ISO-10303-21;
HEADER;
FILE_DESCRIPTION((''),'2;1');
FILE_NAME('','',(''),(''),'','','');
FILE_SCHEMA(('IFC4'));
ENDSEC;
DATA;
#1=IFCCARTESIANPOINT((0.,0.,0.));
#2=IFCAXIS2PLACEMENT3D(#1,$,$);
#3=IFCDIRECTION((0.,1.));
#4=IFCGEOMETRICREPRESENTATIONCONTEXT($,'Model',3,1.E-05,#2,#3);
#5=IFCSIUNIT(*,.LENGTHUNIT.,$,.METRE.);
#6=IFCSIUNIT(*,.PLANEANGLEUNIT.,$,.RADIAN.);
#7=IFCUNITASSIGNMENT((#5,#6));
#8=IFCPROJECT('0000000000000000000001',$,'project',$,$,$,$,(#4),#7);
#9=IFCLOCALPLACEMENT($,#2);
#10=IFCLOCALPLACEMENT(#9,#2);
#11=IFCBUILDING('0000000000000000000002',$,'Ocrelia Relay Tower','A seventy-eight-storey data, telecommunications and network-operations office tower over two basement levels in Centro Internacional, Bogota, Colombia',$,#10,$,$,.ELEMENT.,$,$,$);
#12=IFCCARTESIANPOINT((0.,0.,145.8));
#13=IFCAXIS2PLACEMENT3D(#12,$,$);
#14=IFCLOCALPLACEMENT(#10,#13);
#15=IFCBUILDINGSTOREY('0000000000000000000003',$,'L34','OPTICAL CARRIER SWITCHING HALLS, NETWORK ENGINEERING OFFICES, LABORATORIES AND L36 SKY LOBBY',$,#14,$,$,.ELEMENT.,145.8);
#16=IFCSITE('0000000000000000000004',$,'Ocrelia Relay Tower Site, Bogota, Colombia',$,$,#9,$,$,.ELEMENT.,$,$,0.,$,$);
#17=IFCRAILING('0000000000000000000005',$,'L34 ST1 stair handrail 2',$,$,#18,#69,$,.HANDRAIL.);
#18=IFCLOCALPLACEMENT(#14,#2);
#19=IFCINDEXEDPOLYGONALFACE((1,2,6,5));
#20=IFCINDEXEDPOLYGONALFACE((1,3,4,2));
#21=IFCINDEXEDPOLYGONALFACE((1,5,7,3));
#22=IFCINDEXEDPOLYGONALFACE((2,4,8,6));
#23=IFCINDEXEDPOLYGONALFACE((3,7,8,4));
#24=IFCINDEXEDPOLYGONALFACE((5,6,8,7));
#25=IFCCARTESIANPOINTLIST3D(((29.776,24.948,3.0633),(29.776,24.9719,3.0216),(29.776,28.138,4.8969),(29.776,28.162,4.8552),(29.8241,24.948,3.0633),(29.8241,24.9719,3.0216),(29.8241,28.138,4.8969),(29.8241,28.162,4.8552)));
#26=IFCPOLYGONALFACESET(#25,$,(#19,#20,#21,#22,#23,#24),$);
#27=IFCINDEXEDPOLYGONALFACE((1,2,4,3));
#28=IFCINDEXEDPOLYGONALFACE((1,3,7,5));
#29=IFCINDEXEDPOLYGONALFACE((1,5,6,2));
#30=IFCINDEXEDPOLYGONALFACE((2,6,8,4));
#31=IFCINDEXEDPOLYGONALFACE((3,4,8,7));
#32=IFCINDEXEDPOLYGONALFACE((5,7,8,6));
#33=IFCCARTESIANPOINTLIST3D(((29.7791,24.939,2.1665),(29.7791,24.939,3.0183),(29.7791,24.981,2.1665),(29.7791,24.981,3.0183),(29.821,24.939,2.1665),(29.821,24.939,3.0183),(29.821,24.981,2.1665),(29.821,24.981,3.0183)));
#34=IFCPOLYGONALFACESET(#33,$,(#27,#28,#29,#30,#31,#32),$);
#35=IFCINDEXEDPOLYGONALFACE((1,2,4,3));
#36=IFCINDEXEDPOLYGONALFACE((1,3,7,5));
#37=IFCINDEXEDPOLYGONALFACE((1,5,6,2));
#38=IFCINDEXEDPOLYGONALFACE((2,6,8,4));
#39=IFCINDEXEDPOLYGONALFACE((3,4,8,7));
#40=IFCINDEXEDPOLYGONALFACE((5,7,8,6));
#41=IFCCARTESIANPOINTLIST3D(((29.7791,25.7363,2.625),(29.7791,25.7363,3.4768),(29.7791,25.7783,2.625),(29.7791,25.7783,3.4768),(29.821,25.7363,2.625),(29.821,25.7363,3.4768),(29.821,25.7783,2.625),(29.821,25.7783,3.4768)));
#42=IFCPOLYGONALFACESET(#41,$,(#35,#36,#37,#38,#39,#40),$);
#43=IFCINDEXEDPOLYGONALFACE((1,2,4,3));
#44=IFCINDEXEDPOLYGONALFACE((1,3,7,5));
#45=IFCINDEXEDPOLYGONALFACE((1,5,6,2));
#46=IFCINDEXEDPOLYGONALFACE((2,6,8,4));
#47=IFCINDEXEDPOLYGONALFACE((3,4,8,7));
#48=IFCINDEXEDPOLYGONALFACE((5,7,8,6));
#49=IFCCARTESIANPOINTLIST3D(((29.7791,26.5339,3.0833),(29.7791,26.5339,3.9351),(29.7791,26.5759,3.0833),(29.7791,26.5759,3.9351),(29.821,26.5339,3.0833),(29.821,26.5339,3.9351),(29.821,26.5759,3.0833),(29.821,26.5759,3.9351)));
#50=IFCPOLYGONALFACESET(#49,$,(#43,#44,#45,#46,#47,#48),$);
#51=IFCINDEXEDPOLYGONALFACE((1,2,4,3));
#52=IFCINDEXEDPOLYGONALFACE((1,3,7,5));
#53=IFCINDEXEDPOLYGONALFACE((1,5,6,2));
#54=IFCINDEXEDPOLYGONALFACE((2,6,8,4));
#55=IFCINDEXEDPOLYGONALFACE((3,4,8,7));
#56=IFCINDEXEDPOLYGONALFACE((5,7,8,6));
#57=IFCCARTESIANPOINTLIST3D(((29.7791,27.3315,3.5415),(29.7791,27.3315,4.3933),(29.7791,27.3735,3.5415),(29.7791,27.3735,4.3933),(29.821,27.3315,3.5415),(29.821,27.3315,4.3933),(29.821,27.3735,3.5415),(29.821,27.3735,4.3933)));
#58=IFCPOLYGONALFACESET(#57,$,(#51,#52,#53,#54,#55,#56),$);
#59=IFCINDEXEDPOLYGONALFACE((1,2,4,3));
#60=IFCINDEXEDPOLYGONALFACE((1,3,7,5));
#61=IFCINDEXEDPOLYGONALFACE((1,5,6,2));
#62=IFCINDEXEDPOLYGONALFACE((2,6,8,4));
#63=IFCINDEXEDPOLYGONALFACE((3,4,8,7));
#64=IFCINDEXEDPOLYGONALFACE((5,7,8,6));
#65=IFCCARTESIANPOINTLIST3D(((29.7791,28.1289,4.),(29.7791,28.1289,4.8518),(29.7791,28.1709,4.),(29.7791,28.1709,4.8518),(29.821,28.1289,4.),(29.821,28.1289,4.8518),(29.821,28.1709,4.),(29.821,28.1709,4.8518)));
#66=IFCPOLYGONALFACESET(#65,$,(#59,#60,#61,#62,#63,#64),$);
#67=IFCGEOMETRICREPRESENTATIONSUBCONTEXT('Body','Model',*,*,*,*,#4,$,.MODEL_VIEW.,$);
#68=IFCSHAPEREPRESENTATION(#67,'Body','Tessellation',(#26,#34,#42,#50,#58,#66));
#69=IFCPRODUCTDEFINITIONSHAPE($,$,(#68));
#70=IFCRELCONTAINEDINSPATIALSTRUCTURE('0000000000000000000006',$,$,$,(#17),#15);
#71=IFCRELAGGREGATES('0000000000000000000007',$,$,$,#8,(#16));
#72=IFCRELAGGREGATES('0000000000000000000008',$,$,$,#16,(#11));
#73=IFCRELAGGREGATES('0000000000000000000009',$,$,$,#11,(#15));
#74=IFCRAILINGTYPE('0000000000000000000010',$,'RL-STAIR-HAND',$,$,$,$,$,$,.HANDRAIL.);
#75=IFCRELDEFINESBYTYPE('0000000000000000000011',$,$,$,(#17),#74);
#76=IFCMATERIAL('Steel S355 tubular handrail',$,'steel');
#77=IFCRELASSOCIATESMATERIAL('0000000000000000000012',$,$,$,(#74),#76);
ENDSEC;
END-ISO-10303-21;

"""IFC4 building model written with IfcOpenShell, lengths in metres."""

from ifc_helpers import new_model, si_unit, direction, frame, origin, origin_2d, place, context, subcontext, project, spatial, rectangle, extrude, material, type_object, element, save


model = new_model("IFC4")

# Units and contexts
model_context = context("Model", 3, precision=1e-05, world=origin(), true_north=direction((0.0, 1.0)))
body_context = subcontext(model_context, "Body", "Model", "MODEL_VIEW")
ifc_project = project(units=[si_unit("LENGTHUNIT", "METRE"), si_unit("PLANEANGLEUNIT", "RADIAN")], contexts=[model_context])

# Site, building, storey
site_placement = place(None, origin())
site = spatial("IfcSite", under=ifc_project, at=site_placement, Name="Ocrelia Relay Tower Site, Bogota, Colombia", CompositionType="ELEMENT", RefElevation=0.0)
building_placement = place(site_placement, origin())
building = spatial("IfcBuilding", under=site, at=building_placement, Name="Ocrelia Relay Tower", Description="A seventy-eight-storey data, telecommunications and network-operations office tower over two basement levels in Centro Internacional, Bogota, Colombia", CompositionType="ELEMENT")
storey_placement = place(building_placement, frame((0.0, 0.0, 145.8)))
storey = spatial("IfcBuildingStorey", under=building, at=storey_placement, Name="L34", Description="OPTICAL CARRIER SWITCHING HALLS, NETWORK ENGINEERING OFFICES, LABORATORIES AND L36 SKY LOBBY", CompositionType="ELEMENT", Elevation=145.8)

# Railing
ifc_material_1 = material(Name="Steel S355 tubular handrail", Category="steel")
railing_type_1 = type_object("IfcRailingType", Name="RL-STAIR-HAND", PredefinedType="HANDRAIL", material=ifc_material_1)
railing_1_placement = place(storey_placement, frame((29.8, 24.96, 2.1665)))
element("IfcRailing", 1, at=railing_1_placement, inside=storey, type_object=railing_type_1, Name="L34 ST1 stair handrail 2", PredefinedType="HANDRAIL", context=body_context, shape_type="SweptSolid", body=[
    extrude(rectangle(XDim=0.0481, YDim=0.0481, at=origin_2d()), frame((0.0, 0.0, 0.876), z_axis=(0.0, 0.866991, 0.498324), x_axis=(-1.0, 0.0, 0.0)), (0.0, 0.0, 1.0), 3.6794),
    extrude(rectangle(XDim=0.042, YDim=0.042, at=origin_2d()), origin(), (0.0, 0.0, 1.0), 0.8518),
    extrude(rectangle(XDim=0.042, YDim=0.042, at=origin_2d()), frame((0.0, 0.7974, 0.4585)), (0.0, 0.0, 1.0), 0.8518),
    extrude(rectangle(XDim=0.042, YDim=0.042, at=origin_2d()), frame((0.0, 1.595, 0.9167)), (0.0, 0.0, 1.0), 0.8518),
    extrude(rectangle(XDim=0.042, YDim=0.042, at=origin_2d()), frame((0.0, 2.3926, 1.375)), (0.0, 0.0, 1.0), 0.8518),
    extrude(rectangle(XDim=0.042, YDim=0.042, at=origin_2d()), frame((0.0, 3.1899, 1.8335)), (0.0, 0.0, 1.0), 0.8518),
])

save(model, "model.ifc")
